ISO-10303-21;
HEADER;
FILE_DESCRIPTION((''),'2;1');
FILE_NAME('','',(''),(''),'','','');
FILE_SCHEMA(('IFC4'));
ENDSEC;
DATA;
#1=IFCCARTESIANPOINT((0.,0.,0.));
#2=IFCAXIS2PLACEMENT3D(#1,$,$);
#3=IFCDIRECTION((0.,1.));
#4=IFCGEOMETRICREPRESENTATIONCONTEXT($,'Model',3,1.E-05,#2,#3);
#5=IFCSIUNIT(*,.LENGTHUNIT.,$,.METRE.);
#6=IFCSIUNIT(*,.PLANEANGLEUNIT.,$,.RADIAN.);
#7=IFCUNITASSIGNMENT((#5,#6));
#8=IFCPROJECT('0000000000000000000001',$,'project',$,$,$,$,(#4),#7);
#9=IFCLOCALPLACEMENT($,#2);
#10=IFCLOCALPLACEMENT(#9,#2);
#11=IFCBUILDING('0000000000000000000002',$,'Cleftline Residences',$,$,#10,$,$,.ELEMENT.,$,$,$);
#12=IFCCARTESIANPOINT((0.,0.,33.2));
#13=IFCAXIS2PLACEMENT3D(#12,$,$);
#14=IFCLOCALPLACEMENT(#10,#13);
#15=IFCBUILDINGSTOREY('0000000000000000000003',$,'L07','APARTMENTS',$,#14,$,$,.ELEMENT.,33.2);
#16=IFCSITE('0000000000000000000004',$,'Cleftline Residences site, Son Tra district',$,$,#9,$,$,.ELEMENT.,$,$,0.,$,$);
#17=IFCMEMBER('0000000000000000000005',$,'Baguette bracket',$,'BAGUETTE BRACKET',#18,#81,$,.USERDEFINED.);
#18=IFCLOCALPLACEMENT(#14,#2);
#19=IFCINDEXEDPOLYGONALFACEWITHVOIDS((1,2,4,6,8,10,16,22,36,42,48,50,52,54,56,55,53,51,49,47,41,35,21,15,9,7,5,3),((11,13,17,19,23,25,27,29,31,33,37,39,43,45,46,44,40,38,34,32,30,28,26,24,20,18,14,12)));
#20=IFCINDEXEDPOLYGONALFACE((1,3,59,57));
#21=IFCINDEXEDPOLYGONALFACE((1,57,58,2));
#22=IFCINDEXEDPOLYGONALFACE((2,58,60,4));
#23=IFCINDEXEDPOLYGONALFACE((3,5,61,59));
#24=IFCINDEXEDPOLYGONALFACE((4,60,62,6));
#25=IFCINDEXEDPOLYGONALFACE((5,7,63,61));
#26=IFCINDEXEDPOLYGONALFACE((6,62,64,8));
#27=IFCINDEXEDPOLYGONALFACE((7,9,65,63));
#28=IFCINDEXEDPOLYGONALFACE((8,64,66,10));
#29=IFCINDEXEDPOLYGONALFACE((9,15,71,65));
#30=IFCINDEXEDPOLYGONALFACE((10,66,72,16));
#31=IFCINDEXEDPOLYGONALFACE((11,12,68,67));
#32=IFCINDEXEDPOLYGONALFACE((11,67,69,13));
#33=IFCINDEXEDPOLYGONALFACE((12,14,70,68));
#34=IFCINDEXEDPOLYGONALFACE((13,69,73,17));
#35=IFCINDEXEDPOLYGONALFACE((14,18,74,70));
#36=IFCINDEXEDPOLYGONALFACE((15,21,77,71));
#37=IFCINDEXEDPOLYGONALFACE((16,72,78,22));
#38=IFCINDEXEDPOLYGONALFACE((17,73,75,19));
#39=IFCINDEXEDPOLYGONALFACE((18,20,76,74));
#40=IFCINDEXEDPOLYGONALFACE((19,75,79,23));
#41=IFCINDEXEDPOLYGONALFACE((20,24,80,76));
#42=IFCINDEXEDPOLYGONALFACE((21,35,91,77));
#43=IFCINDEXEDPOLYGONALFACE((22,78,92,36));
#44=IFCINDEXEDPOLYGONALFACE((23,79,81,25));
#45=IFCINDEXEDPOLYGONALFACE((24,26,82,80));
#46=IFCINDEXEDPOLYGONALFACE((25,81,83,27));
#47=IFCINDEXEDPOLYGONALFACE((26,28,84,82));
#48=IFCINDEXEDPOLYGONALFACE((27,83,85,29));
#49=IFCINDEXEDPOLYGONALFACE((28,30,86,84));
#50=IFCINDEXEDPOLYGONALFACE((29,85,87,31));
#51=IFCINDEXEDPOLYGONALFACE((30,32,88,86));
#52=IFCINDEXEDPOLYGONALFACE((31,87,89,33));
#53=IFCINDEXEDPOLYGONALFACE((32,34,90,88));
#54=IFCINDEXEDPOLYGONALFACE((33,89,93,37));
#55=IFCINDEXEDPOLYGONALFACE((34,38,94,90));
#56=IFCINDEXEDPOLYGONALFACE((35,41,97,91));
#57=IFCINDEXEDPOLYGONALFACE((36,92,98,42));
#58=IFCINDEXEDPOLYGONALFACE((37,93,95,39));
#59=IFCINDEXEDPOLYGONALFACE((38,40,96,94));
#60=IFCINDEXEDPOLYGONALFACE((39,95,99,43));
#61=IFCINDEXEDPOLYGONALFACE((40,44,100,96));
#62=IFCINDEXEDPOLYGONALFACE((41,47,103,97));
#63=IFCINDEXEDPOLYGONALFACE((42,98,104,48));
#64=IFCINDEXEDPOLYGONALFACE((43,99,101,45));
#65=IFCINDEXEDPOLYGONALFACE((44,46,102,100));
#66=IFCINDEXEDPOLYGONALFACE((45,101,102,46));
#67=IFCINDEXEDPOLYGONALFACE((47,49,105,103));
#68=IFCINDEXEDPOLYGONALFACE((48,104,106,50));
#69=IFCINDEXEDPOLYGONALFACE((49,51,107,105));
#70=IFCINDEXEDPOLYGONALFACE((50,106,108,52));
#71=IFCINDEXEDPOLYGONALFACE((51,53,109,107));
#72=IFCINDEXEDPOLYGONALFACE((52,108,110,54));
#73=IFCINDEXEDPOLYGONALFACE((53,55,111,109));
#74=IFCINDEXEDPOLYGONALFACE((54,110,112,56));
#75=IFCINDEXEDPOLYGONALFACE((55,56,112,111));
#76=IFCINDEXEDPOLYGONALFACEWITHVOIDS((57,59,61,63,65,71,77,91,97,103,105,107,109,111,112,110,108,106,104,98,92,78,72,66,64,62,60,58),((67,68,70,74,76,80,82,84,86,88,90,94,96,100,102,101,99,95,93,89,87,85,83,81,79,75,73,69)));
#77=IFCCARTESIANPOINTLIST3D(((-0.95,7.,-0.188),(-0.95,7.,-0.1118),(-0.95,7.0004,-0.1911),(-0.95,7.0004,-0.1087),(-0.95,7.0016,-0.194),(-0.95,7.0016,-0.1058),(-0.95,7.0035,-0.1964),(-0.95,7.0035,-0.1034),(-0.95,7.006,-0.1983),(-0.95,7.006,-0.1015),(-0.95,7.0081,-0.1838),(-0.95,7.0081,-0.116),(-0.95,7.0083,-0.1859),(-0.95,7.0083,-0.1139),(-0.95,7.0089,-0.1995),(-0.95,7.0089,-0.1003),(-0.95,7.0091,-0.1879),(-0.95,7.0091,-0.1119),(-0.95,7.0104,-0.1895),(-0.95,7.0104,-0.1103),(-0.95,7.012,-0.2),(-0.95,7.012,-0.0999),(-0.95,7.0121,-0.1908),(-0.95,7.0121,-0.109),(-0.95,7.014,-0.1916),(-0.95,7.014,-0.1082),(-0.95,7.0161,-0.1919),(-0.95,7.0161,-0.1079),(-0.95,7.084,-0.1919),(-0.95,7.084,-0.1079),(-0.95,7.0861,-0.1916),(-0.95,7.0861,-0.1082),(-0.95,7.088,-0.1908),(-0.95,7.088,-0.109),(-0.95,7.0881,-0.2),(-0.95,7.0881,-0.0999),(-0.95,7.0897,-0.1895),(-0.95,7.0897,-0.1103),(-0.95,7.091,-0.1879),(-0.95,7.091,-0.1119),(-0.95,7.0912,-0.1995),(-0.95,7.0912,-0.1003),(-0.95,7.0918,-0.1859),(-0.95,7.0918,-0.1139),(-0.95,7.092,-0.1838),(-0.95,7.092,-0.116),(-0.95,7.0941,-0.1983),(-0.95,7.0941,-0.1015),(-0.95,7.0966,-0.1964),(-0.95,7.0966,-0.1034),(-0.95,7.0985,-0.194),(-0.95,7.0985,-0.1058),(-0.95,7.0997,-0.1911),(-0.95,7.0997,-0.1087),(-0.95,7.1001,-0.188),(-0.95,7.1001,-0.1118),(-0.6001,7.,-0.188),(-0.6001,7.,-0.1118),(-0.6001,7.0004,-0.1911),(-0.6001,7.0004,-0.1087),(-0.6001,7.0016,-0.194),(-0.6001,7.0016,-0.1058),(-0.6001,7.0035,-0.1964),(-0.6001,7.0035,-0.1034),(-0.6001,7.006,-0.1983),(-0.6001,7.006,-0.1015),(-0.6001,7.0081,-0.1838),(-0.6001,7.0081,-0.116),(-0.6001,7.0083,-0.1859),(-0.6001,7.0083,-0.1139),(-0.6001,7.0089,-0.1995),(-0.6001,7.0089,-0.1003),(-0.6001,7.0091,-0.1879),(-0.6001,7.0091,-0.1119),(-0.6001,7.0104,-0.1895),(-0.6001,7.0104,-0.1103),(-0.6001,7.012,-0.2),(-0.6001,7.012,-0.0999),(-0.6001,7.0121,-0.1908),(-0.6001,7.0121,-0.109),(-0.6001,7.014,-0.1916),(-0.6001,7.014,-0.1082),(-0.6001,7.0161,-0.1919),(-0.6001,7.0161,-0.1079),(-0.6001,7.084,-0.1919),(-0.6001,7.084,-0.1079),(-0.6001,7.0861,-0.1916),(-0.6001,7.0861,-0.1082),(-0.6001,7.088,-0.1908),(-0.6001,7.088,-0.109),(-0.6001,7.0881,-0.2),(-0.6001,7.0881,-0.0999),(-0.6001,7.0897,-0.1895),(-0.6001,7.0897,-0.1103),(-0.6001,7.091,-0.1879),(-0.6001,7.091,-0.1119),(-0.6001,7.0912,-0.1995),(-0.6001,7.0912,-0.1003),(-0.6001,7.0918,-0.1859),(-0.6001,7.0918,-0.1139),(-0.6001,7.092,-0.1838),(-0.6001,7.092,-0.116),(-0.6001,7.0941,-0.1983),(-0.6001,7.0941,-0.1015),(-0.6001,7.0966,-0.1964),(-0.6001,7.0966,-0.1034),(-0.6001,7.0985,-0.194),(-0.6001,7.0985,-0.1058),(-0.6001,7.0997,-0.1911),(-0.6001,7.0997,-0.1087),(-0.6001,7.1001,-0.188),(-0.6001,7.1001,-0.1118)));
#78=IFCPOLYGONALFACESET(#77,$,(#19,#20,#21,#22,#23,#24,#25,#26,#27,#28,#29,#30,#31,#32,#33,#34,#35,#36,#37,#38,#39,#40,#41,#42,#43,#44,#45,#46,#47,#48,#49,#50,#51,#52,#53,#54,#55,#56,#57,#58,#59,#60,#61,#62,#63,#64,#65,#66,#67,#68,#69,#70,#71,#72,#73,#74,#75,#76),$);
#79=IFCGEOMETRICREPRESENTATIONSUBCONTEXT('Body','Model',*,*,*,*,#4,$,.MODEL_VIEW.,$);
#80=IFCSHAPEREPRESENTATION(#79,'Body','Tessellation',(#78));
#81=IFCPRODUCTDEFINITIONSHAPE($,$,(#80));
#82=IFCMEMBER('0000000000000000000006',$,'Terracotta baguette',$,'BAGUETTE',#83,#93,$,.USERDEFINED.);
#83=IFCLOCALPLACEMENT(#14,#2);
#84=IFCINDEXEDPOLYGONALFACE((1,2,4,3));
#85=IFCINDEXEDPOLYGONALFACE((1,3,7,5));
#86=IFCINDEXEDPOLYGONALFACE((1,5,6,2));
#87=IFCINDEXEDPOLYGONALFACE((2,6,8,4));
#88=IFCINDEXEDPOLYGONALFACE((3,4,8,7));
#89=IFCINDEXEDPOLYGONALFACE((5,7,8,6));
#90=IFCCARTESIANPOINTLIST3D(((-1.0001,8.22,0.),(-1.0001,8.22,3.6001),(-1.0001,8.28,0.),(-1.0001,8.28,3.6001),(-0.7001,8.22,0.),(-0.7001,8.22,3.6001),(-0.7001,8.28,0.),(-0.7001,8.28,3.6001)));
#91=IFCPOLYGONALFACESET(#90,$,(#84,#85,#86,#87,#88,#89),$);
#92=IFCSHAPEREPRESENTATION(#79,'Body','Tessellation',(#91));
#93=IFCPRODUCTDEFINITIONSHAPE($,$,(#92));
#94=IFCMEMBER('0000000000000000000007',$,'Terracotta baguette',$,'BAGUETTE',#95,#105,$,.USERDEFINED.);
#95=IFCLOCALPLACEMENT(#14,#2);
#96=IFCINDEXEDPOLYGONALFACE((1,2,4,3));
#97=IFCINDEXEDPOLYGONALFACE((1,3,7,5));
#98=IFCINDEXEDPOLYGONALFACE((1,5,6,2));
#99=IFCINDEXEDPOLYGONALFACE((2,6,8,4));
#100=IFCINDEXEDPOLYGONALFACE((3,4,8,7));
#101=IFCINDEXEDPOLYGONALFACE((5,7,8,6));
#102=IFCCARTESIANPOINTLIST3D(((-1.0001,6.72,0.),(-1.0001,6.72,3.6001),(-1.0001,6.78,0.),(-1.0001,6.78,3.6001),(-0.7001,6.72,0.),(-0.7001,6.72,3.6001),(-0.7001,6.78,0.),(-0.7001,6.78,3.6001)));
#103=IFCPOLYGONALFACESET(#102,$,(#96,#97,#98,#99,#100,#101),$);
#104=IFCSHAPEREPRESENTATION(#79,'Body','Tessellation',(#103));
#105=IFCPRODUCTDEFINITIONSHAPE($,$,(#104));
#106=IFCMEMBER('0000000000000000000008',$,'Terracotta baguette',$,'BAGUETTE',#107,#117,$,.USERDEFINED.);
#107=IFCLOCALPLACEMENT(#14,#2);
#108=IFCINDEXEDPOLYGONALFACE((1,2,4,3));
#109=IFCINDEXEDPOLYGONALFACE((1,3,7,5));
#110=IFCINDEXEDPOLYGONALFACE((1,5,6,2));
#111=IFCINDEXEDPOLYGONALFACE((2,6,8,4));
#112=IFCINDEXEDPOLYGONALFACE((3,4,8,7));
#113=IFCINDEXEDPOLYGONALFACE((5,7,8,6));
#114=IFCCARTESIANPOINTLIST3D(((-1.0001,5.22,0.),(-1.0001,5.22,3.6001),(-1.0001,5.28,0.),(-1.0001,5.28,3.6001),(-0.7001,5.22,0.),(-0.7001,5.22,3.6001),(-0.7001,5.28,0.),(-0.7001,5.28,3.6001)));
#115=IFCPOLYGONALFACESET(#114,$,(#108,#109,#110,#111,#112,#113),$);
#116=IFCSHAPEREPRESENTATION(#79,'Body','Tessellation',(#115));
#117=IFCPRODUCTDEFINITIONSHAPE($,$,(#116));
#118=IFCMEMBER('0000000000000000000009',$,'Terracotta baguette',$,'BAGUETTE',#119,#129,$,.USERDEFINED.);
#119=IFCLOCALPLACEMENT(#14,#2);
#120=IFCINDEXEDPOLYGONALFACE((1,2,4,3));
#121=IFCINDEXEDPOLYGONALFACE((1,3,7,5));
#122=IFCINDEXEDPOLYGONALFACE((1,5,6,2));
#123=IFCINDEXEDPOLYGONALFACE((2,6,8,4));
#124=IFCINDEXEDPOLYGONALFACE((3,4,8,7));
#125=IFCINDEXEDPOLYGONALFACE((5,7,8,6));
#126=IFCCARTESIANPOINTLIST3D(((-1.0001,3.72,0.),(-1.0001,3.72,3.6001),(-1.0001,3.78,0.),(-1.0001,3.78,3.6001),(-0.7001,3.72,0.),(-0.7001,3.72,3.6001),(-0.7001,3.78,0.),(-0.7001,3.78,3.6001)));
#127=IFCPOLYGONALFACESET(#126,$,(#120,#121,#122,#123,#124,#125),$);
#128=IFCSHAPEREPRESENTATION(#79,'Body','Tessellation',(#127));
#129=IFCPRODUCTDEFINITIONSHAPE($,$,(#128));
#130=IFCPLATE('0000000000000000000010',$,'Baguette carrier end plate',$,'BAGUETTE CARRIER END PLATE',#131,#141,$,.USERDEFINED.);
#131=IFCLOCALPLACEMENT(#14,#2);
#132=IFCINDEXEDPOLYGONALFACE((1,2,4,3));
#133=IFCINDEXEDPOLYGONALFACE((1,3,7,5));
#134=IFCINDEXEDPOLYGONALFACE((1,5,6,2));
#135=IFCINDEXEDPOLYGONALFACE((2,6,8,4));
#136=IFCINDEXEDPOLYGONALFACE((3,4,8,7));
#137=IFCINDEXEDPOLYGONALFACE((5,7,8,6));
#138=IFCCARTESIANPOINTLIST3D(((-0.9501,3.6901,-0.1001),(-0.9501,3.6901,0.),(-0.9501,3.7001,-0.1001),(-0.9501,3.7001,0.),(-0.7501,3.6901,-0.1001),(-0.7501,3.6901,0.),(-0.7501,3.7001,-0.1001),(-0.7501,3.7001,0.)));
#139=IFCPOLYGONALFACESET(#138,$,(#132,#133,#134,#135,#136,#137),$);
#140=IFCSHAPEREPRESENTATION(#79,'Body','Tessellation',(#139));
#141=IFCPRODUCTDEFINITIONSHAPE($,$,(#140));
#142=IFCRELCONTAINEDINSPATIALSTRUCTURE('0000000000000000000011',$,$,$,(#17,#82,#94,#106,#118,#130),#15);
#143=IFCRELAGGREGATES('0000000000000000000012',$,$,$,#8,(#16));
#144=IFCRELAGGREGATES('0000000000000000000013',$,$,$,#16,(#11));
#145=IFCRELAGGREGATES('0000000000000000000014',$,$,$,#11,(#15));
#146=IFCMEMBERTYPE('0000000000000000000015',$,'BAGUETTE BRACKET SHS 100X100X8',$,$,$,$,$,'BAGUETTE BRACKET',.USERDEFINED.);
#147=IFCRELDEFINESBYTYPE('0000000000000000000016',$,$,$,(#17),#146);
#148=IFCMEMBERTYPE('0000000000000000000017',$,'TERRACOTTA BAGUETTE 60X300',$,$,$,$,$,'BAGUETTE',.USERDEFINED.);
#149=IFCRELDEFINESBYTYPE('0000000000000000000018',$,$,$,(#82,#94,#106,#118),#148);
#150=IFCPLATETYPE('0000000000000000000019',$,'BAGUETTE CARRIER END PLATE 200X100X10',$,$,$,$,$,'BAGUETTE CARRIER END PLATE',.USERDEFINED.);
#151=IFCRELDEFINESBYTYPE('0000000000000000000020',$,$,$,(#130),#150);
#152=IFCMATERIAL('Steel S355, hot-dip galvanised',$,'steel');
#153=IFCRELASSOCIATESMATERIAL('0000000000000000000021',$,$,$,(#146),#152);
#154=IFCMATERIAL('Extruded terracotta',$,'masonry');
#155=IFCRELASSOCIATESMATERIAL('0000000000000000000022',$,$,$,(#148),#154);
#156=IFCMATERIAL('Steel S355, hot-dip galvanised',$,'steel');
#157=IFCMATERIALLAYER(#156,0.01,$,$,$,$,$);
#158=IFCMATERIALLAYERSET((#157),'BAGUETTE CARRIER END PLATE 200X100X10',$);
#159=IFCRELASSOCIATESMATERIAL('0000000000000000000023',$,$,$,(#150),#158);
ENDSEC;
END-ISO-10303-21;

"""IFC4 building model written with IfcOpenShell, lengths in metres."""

from ifc_helpers import new_model, si_unit, direction, frame, origin, origin_2d, place, context, subcontext, project, spatial, rectangle, hollow_rectangle, extrude, material, layer, layer_set, material_profile, profile_set, type_object, element, save


model = new_model("IFC4")

# Units and contexts
model_context = context("Model", 3, precision=1e-05, world=origin(), true_north=direction((0.0, 1.0)))
body_context = subcontext(model_context, "Body", "Model", "MODEL_VIEW")
ifc_project = project(units=[si_unit("LENGTHUNIT", "METRE"), si_unit("PLANEANGLEUNIT", "RADIAN")], contexts=[model_context])

# Site, building, storey
site_placement = place(None, origin())
site = spatial("IfcSite", under=ifc_project, at=site_placement, Name="Cleftline Residences site, Son Tra district", CompositionType="ELEMENT", RefElevation=0.0)
building_placement = place(site_placement, origin())
building = spatial("IfcBuilding", under=site, at=building_placement, Name="Cleftline Residences", CompositionType="ELEMENT")
storey_placement = place(building_placement, frame((0.0, 0.0, 33.2)))
storey = spatial("IfcBuildingStorey", under=building, at=storey_placement, Name="L07", Description="APARTMENTS", CompositionType="ELEMENT", Elevation=33.2)

# Members
ifc_material_1 = material(Name="Steel S355, hot-dip galvanised", Category="steel")
ifc_material_profile_1 = material_profile(ifc_material_1, hollow_rectangle(XDim=0.1001, YDim=0.1001, WallThickness=0.0081, InnerFilletRadius=0.0081, OuterFilletRadius=0.012, at=origin_2d()))
ifc_profile_set_1 = profile_set([ifc_material_profile_1], Name="Steel S355, hot-dip galvanised")
member_type_1 = type_object("IfcMemberType", Name="BAGUETTE BRACKET SHS 100X100X8", ElementType="BAGUETTE BRACKET", PredefinedType="USERDEFINED", material=ifc_profile_set_1)
member_placement = place(storey_placement, frame((-0.6001, 7.05, -0.1499), z_axis=(-1.0, 0.0, 0.0), x_axis=(0.0, -1.0, 0.0)))
element("IfcMember", 1, at=member_placement, inside=storey, type_object=member_type_1, Name="Baguette bracket", ObjectType="BAGUETTE BRACKET", PredefinedType="USERDEFINED", context=body_context, shape_type="SweptSolid", body=[
    extrude(hollow_rectangle(XDim=0.1001, YDim=0.1001, WallThickness=0.0081, InnerFilletRadius=0.0081, OuterFilletRadius=0.012, at=origin_2d()), origin(), (0.0, 0.0, 1.0), 0.3499),
])
ifc_material_2 = material(Name="Extruded terracotta", Category="masonry")
ifc_material_profile_2 = material_profile(ifc_material_2, rectangle(XDim=0.0601, YDim=0.3, at=origin_2d()))
ifc_profile_set_2 = profile_set([ifc_material_profile_2], Name="Extruded terracotta")
member_type_2 = type_object("IfcMemberType", Name="TERRACOTTA BAGUETTE 60X300", ElementType="BAGUETTE", PredefinedType="USERDEFINED", material=ifc_profile_set_2)
for number, where, z_axis, x_axis, name in (
    (2, (-0.8501, 8.25, 0.0), (0.0, 0.0, 1.0), (0.0, 1.0, 0.0), "Terracotta baguette"),
    (3, (-0.8501, 6.75, 0.0), (0.0, 0.0, 1.0), (0.0, 1.0, 0.0), "Terracotta baguette"),
    (4, (-0.8501, 5.25, 0.0), (0.0, 0.0, 1.0), (0.0, 1.0, 0.0), "Terracotta baguette"),
    (5, (-0.8501, 3.75, 0.0), (0.0, 0.0, 1.0), (0.0, 1.0, 0.0), "Terracotta baguette"),
):
    element("IfcMember", number, at=place(storey_placement, frame(where, z_axis=z_axis, x_axis=x_axis)), inside=storey, type_object=member_type_2, Name=name, ObjectType="BAGUETTE", PredefinedType="USERDEFINED", context=body_context, shape_type="SweptSolid", body=[
        extrude(rectangle(XDim=0.0601, YDim=0.3, at=origin_2d()), origin(), (0.0, 0.0, 1.0), 3.6001),
    ])

# Plate
ifc_material_3 = material(Name="Steel S355, hot-dip galvanised", Category="steel")
ifc_layer_1 = layer(ifc_material_3, 0.01)
ifc_layer_set_1 = layer_set([ifc_layer_1], Name="BAGUETTE CARRIER END PLATE 200X100X10")
plate_type = type_object("IfcPlateType", Name="BAGUETTE CARRIER END PLATE 200X100X10", ElementType="BAGUETTE CARRIER END PLATE", PredefinedType="USERDEFINED", material=ifc_layer_set_1)
plate_placement = place(storey_placement, frame((-0.8501, 3.6951, -0.1001), z_axis=(0.0, 0.0, 1.0), x_axis=(-1.0, 0.0, 0.0)))
element("IfcPlate", 6, at=plate_placement, inside=storey, type_object=plate_type, Name="Baguette carrier end plate", ObjectType="BAGUETTE CARRIER END PLATE", PredefinedType="USERDEFINED", context=body_context, shape_type="SweptSolid", body=[
    extrude(rectangle(XDim=0.2, YDim=0.01, at=origin_2d()), origin(), (0.0, 0.0, 1.0), 0.1001),
])

save(model, "model.ifc")
